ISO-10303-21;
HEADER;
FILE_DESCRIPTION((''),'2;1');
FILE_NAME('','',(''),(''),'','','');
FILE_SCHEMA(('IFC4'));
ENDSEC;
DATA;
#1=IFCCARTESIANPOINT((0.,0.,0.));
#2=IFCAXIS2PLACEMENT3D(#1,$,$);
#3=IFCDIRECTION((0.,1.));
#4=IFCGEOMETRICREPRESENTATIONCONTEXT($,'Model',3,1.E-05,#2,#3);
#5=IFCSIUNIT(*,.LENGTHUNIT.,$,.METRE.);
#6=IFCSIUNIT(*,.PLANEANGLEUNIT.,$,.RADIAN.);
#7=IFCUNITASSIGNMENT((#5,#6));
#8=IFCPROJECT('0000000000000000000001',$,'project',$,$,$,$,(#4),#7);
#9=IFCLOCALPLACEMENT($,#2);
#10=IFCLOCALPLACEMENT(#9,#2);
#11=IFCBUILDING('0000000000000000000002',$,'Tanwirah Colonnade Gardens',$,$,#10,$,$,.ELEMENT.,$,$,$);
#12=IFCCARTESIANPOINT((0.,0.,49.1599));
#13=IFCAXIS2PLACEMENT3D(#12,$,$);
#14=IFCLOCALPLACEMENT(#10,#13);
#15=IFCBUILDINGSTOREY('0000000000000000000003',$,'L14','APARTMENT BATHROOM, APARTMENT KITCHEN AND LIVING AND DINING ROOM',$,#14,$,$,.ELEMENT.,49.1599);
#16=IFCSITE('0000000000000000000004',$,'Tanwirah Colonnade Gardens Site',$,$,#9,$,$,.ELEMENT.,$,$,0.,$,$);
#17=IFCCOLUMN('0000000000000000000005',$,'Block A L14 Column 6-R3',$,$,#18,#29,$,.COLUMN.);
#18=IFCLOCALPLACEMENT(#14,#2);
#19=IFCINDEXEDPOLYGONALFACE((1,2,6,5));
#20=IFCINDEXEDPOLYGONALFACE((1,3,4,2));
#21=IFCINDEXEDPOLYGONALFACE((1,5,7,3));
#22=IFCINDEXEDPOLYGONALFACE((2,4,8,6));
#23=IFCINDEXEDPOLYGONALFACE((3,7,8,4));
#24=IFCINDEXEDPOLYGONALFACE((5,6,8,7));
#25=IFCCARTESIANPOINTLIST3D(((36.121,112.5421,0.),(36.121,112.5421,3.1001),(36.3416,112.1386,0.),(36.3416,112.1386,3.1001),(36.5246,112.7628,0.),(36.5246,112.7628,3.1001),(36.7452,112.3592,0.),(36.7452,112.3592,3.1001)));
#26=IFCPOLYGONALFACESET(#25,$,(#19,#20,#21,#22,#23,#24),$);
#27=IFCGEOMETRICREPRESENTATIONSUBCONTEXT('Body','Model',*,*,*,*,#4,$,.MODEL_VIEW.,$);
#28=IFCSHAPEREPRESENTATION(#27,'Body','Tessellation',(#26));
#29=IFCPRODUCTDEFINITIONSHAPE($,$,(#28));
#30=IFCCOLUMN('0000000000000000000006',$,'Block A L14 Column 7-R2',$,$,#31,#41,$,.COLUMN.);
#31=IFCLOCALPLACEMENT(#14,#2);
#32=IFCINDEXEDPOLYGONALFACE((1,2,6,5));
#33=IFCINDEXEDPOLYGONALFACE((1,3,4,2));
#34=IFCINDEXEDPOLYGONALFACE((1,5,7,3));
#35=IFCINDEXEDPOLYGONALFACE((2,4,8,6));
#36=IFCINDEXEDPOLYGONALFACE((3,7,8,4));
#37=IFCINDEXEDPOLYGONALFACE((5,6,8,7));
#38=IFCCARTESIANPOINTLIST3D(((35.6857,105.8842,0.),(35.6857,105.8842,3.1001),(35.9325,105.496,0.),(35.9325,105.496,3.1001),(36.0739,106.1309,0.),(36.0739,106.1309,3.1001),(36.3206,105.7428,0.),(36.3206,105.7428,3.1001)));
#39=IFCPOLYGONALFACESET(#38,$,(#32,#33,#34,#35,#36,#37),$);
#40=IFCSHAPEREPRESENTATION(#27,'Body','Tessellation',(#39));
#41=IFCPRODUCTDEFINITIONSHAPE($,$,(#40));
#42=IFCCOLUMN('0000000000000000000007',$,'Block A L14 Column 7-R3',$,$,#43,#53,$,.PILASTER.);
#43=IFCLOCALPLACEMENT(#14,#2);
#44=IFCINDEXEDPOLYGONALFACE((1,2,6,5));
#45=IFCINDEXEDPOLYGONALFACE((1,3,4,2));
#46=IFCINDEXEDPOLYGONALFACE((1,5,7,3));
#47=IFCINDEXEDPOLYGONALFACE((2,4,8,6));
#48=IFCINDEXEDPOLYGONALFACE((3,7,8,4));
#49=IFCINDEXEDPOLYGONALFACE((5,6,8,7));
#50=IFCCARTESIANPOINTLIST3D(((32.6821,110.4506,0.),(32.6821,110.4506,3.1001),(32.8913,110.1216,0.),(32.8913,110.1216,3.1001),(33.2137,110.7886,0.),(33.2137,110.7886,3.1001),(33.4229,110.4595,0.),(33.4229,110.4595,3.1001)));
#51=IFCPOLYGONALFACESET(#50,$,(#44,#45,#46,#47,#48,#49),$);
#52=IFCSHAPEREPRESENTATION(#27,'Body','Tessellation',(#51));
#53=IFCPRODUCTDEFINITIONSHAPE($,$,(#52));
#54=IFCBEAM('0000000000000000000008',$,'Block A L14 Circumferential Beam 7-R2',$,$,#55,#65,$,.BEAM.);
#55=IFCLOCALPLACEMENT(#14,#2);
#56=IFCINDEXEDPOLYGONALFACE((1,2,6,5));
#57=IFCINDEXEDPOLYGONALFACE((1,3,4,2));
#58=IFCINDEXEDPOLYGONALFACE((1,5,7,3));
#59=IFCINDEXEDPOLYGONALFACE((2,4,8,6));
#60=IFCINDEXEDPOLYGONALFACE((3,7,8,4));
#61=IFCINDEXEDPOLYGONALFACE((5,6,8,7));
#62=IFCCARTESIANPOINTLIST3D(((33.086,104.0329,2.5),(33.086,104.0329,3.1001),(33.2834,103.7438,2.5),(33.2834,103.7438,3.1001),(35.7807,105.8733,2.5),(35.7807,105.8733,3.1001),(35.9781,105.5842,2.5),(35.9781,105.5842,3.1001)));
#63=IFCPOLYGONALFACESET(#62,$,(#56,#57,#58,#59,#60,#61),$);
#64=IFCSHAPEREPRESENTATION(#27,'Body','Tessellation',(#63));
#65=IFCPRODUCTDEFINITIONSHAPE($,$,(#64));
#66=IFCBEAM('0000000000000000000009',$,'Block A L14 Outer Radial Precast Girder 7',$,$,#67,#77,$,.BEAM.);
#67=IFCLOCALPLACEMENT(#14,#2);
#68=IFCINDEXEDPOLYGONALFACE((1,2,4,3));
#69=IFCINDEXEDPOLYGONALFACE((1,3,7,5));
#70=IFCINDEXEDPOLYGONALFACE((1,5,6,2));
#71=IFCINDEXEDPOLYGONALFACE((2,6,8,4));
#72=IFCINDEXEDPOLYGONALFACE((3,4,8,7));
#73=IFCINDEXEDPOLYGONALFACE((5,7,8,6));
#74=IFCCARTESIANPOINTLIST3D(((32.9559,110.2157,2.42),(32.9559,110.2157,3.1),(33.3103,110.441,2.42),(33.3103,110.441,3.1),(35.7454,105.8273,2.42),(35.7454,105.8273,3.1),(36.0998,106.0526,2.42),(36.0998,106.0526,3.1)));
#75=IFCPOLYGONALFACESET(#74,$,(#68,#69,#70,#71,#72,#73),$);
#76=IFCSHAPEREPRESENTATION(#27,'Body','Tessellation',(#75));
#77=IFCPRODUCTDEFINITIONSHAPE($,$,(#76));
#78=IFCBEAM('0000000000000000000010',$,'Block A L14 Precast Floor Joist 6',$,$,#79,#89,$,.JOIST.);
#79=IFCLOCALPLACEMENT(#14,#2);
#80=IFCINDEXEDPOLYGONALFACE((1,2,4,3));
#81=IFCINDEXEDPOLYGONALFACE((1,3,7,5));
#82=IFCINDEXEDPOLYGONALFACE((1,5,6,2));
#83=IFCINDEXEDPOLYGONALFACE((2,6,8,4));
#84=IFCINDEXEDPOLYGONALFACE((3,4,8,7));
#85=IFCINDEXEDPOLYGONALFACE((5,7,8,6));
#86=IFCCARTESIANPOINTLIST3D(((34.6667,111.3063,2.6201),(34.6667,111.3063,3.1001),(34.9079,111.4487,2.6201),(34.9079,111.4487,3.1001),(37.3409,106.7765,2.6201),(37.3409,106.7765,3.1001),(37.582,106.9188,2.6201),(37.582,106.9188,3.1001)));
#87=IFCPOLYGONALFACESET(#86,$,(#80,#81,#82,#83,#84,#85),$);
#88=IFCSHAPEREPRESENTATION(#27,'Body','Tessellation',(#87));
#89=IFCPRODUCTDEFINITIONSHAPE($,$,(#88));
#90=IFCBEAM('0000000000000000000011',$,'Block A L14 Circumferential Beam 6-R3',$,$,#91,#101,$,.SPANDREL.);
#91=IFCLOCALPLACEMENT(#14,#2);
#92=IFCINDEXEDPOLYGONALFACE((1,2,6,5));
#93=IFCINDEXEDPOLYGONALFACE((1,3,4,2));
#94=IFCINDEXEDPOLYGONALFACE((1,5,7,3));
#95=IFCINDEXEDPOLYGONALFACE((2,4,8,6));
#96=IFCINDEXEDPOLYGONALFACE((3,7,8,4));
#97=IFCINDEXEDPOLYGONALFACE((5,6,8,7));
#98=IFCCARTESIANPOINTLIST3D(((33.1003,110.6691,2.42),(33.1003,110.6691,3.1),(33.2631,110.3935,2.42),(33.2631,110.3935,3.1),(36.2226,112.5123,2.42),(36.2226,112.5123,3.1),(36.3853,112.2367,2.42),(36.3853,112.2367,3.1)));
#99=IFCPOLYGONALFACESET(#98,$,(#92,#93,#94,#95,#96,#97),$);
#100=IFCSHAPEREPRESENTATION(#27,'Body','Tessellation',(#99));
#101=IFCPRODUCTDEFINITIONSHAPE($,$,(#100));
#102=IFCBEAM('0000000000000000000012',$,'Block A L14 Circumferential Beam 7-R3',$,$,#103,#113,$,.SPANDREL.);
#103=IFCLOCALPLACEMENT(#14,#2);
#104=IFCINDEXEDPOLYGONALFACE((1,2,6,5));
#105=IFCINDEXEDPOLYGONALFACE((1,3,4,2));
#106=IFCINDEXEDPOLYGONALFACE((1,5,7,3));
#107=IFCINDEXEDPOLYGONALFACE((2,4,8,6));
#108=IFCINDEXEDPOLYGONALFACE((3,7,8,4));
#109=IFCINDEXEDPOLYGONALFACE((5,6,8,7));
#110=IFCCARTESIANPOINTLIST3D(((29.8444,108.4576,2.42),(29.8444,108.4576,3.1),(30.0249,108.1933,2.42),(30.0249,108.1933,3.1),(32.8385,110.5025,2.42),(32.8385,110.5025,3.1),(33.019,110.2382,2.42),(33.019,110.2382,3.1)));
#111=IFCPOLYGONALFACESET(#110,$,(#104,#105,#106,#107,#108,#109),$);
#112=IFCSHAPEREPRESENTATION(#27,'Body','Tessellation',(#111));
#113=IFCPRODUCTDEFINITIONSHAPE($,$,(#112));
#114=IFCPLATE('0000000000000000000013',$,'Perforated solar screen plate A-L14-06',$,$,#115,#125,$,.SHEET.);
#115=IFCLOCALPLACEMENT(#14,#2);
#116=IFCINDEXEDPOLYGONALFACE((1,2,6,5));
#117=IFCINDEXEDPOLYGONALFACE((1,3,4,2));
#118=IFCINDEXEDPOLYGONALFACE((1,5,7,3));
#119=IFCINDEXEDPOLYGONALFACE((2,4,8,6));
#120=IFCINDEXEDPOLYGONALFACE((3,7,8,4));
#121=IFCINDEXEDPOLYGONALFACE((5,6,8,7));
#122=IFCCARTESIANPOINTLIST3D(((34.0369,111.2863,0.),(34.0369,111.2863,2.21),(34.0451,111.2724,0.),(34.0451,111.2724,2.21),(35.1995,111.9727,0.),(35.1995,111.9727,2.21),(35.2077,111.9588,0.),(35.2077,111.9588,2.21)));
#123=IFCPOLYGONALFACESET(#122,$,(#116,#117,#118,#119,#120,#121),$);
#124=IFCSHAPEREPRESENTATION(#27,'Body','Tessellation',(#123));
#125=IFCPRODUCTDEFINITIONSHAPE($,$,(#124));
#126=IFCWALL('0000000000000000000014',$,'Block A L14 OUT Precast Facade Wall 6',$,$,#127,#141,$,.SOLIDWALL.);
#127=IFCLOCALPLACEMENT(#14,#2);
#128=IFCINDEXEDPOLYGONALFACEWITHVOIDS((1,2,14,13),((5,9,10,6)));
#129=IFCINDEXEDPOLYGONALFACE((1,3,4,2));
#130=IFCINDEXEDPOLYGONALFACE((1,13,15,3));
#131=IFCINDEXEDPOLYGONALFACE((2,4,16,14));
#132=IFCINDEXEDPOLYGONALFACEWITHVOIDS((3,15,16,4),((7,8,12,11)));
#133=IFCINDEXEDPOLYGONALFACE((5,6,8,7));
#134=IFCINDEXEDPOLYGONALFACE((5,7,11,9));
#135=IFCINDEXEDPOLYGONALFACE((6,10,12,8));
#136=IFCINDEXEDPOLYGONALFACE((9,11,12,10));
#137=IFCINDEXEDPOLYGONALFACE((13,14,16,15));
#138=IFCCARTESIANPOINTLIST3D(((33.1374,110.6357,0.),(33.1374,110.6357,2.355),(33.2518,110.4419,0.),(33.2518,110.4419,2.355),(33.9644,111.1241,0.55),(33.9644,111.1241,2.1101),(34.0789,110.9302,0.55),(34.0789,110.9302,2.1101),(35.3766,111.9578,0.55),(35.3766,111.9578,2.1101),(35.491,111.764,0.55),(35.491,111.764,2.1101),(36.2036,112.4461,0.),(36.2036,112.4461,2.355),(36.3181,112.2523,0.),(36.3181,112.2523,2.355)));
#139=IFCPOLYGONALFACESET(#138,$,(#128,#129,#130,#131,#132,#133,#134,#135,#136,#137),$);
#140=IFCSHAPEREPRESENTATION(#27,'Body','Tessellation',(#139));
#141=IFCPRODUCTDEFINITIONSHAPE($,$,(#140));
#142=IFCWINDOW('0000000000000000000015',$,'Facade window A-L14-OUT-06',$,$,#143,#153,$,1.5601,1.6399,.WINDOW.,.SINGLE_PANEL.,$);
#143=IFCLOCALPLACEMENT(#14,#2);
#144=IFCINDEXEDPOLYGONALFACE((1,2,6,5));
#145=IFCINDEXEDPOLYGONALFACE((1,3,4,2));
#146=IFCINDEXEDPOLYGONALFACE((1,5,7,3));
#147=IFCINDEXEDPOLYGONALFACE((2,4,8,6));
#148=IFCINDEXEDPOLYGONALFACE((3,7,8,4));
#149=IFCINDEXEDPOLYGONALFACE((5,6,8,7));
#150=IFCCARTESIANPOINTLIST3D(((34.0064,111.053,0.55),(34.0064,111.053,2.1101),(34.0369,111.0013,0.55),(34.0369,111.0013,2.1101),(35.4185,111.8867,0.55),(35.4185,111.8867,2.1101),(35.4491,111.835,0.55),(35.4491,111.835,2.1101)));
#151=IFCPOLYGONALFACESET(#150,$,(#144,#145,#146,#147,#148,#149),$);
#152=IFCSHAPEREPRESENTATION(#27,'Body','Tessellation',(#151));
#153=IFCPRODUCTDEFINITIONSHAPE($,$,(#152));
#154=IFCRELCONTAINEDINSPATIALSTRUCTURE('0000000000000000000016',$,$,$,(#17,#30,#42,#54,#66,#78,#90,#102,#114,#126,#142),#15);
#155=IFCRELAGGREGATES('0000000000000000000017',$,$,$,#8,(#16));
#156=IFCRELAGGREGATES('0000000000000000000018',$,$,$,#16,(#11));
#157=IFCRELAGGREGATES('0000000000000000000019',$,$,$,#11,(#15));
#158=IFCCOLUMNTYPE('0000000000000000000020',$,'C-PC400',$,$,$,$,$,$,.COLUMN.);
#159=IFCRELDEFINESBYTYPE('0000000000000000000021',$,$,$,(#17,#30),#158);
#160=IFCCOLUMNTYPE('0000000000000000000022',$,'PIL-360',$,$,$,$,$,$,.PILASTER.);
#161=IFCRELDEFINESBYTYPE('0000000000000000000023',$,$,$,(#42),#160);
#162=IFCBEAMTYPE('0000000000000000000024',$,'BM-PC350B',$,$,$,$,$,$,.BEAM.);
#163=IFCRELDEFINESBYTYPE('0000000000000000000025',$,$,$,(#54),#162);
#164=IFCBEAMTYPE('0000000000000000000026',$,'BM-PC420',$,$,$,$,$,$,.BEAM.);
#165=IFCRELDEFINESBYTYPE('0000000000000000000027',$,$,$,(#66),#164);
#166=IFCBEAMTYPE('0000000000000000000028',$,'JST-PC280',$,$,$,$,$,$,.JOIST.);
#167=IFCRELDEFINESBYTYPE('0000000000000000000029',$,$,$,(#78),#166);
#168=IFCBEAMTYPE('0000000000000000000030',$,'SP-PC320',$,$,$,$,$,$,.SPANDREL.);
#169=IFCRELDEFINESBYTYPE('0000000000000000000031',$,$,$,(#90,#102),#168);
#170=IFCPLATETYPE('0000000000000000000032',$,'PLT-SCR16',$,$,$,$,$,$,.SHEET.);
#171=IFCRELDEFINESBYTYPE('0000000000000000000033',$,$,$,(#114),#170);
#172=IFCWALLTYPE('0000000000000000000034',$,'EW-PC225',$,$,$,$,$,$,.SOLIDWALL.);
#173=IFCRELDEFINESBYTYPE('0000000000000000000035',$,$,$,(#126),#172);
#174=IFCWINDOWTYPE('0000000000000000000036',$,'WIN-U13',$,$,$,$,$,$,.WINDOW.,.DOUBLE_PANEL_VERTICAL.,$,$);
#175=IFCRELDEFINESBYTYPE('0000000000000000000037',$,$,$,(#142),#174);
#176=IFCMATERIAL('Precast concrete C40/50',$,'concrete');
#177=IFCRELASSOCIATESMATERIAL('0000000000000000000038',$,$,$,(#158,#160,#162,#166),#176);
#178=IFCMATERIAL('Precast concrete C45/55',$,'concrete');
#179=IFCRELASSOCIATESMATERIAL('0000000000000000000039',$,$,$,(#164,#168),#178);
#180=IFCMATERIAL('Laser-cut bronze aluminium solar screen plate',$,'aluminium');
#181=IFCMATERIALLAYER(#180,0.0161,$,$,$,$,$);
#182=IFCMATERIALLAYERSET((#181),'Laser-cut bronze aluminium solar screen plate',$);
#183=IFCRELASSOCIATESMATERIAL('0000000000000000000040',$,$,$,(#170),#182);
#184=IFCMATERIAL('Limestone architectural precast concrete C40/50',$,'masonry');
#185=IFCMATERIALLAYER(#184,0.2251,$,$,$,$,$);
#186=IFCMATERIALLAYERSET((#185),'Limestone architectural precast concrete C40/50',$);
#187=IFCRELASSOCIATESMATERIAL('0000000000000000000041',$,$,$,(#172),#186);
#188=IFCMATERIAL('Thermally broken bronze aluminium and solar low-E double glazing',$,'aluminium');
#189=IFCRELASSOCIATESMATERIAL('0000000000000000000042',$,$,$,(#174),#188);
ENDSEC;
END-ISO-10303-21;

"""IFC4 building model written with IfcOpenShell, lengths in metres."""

from ifc_helpers import new_model, si_unit, direction, frame, frame_2d, origin, origin_2d, place, context, subcontext, project, spatial, rectangle, extrude, material, layer, layer_set, material_profile, profile_set, type_object, element, fill, save


model = new_model("IFC4")

# Units and contexts
model_context = context("Model", 3, precision=1e-05, world=origin(), true_north=direction((0.0, 1.0)))
body_context = subcontext(model_context, "Body", "Model", "MODEL_VIEW")
ifc_project = project(units=[si_unit("LENGTHUNIT", "METRE"), si_unit("PLANEANGLEUNIT", "RADIAN")], contexts=[model_context])

# Site, building, storey
site_placement = place(None, origin())
site = spatial("IfcSite", under=ifc_project, at=site_placement, Name="Tanwirah Colonnade Gardens Site", CompositionType="ELEMENT", RefElevation=0.0)
building_placement = place(site_placement, origin())
building = spatial("IfcBuilding", under=site, at=building_placement, Name="Tanwirah Colonnade Gardens", CompositionType="ELEMENT")
storey_placement = place(building_placement, frame((0.0, 0.0, 49.1599)))
storey = spatial("IfcBuildingStorey", under=building, at=storey_placement, Name="L14", Description="APARTMENT BATHROOM, APARTMENT KITCHEN AND LIVING AND DINING ROOM", CompositionType="ELEMENT", Elevation=49.1599)

# Columns
ifc_material_1 = material(Name="Precast concrete C40/50", Category="concrete")
ifc_material_profile_1 = material_profile(ifc_material_1, rectangle(XDim=0.46, YDim=0.46, at=origin_2d()), Name="PC-COL 460x460")
ifc_profile_set_1 = profile_set([ifc_material_profile_1], Name="Precast concrete C40/50")
column_type_1 = type_object("IfcColumnType", Name="C-PC400", PredefinedType="COLUMN", material=ifc_profile_set_1)
for number, where, z_axis, x_axis, name in (
    (1, (36.4331, 112.4507, 0.0), (0.0, 0.0, 1.0), (-0.479713, 0.877425, 0.0), "Block A L14 Column 6-R3"),
    (2, (36.0032, 105.8135, 0.0), (0.0, 0.0, 1.0), (-0.536482, 0.843912, 0.0), "Block A L14 Column 7-R2"),
):
    element("IfcColumn", number, at=place(storey_placement, frame(where, z_axis=z_axis, x_axis=x_axis)), inside=storey, type_object=column_type_1, Name=name, PredefinedType="COLUMN", context=body_context, shape_type="SweptSolid", body=[
        extrude(rectangle(XDim=0.46, YDim=0.46, at=origin_2d()), origin(), (0.0, 0.0, 1.0), 3.1001),
    ])
ifc_material_profile_2 = material_profile(ifc_material_1, rectangle(XDim=0.3899, YDim=0.6299, at=origin_2d()), Name="PC-PIL 390x630")
ifc_profile_set_2 = profile_set([ifc_material_profile_2], Name="Precast concrete C40/50")
column_type_2 = type_object("IfcColumnType", Name="PIL-360", PredefinedType="PILASTER", material=ifc_profile_set_2)
column_placement = place(storey_placement, frame((33.0525, 110.4551, 0.0), z_axis=(0.0, 0.0, 1.0), x_axis=(-0.536482, 0.843912, 0.0)))
element("IfcColumn", 3, at=column_placement, inside=storey, type_object=column_type_2, Name="Block A L14 Column 7-R3", PredefinedType="PILASTER", context=body_context, shape_type="SweptSolid", body=[
    extrude(rectangle(XDim=0.3899, YDim=0.6299, at=origin_2d()), origin(), (0.0, 0.0, 1.0), 3.1001),
])

# Beams
ifc_material_profile_3 = material_profile(ifc_material_1, rectangle(XDim=0.3501, YDim=0.6001, at=origin_2d()), Name="PC-BM 350x600")
ifc_profile_set_3 = profile_set([ifc_material_profile_3], Name="Precast concrete C40/50")
beam_type_1 = type_object("IfcBeamType", Name="BM-PC350B", PredefinedType="BEAM", material=ifc_profile_set_3)
beam_1_placement = place(storey_placement, frame((35.8794, 105.7288, 2.8), z_axis=(-0.825782, -0.563989, 0.0), x_axis=(0.563989, -0.825782, 0.0)))
element("IfcBeam", 4, at=beam_1_placement, inside=storey, type_object=beam_type_1, Name="Block A L14 Circumferential Beam 7-R2", PredefinedType="BEAM", context=body_context, shape_type="SweptSolid", body=[
    extrude(rectangle(XDim=0.3501, YDim=0.6001, at=origin_2d()), origin(), (0.0, 0.0, 1.0), 3.2632),
])
ifc_material_2 = material(Name="Precast concrete C45/55", Category="concrete")
ifc_material_profile_4 = material_profile(ifc_material_2, rectangle(XDim=0.4199, YDim=0.6799, at=origin_2d()), Name="PC-BM 420x680")
ifc_profile_set_4 = profile_set([ifc_material_profile_4], Name="Precast concrete C45/55")
beam_type_2 = type_object("IfcBeamType", Name="BM-PC420", PredefinedType="BEAM", material=ifc_profile_set_4)
beam_2_placement = place(storey_placement, frame((35.9226, 105.9399, 2.76), z_axis=(-0.536453, 0.84393, 0.0), x_axis=(-0.84393, -0.536453, 0.0)))
element("IfcBeam", 5, at=beam_2_placement, inside=storey, type_object=beam_type_2, Name="Block A L14 Outer Radial Precast Girder 7", PredefinedType="BEAM", context=body_context, shape_type="SweptSolid", body=[
    extrude(rectangle(XDim=0.4199, YDim=0.6799, at=origin_2d()), origin(), (0.0, 0.0, 1.0), 5.2),
])
ifc_material_profile_5 = material_profile(ifc_material_1, rectangle(XDim=0.28, YDim=0.48, at=origin_2d()), Name="PC-JST 280x480")
ifc_profile_set_5 = profile_set([ifc_material_profile_5], Name="Precast concrete C40/50")
beam_type_3 = type_object("IfcBeamType", Name="JST-PC280", PredefinedType="JOIST", material=ifc_profile_set_5)
beam_3_placement = place(storey_placement, frame((37.4614, 106.8477, 2.8601), z_axis=(-0.50836, 0.861145, 0.0), x_axis=(-0.861145, -0.50836, 0.0)))
element("IfcBeam", 6, at=beam_3_placement, inside=storey, type_object=beam_type_3, Name="Block A L14 Precast Floor Joist 6", PredefinedType="JOIST", context=body_context, shape_type="SweptSolid", body=[
    extrude(rectangle(XDim=0.28, YDim=0.48, at=origin_2d()), origin(), (0.0, 0.0, 1.0), 5.2603),
])
ifc_material_profile_6 = material_profile(ifc_material_2, rectangle(XDim=0.3201, YDim=0.6799, at=origin_2d()), Name="PC-SP 320x680")
ifc_profile_set_6 = profile_set([ifc_material_profile_6], Name="Precast concrete C45/55")
beam_type_4 = type_object("IfcBeamType", Name="SP-PC320", PredefinedType="SPANDREL", material=ifc_profile_set_6)
for number, where, z_axis, x_axis, name in (
    (7, (36.304, 112.3745, 2.76), (-0.861137, -0.508373, 0.0), (0.508373, -0.861137, 0.0), "Block A L14 Circumferential Beam 6-R3"),
    (8, (32.9287, 110.3704, 2.76), (-0.825783, -0.563989, 0.0), (0.563989, -0.825783, 0.0), "Block A L14 Circumferential Beam 7-R3"),
):
    element("IfcBeam", number, at=place(storey_placement, frame(where, z_axis=z_axis, x_axis=x_axis)), inside=storey, type_object=beam_type_4, Name=name, PredefinedType="SPANDREL", context=body_context, shape_type="SweptSolid", body=[
        extrude(rectangle(XDim=0.3201, YDim=0.6799, at=origin_2d()), origin(), (0.0, 0.0, 1.0), 3.6257),
    ])

# Plate
ifc_material_3 = material(Name="Laser-cut bronze aluminium solar screen plate", Category="aluminium")
ifc_layer_1 = layer(ifc_material_3, 0.0161)
ifc_layer_set_1 = layer_set([ifc_layer_1], Name="Laser-cut bronze aluminium solar screen plate")
plate_type = type_object("IfcPlateType", Name="PLT-SCR16", PredefinedType="SHEET", material=ifc_layer_set_1)
plate_placement = place(storey_placement, frame((34.6223, 111.6226, 0.0), z_axis=(0.0, 0.0, 1.0), x_axis=(-0.861136, -0.508374, 0.0)))
element("IfcPlate", 9, at=plate_placement, inside=storey, type_object=plate_type, Name="Perforated solar screen plate A-L14-06", PredefinedType="SHEET", context=body_context, shape_type="SweptSolid", body=[
    extrude(rectangle(XDim=1.3501, YDim=0.0161, at=origin_2d()), origin(), (0.0, 0.0, 1.0), 2.21),
])

# Wall, opening, window
ifc_material_4 = material(Name="Limestone architectural precast concrete C40/50", Category="masonry")
ifc_layer_2 = layer(ifc_material_4, 0.2251)
ifc_layer_set_2 = layer_set([ifc_layer_2], Name="Limestone architectural precast concrete C40/50")
wall_type_1 = type_object("IfcWallType", Name="EW-PC225", PredefinedType="SOLIDWALL", material=ifc_layer_set_2)
wall_1_placement = place(storey_placement, frame((36.2607, 112.3491, 0.0), z_axis=(0.0, 0.0, 1.0), x_axis=(-0.861113, -0.508413, 0.0)))
wall_1 = element("IfcWall", 10, at=wall_1_placement, inside=storey, type_object=wall_type_1, Name="Block A L14 OUT Precast Facade Wall 6", PredefinedType="SOLIDWALL", context=body_context, shape_type="SweptSolid", body=[
    extrude(rectangle(XDim=3.5608, YDim=0.2251, at=frame_2d((1.7803, 0.0))), origin(), (0.0, 0.0, 1.0), 2.355),
])
opening_1_placement = place(wall_1_placement, frame((0.9604, 0.0, 0.55)))
opening_1 = element("IfcOpeningElement", 11, at=opening_1_placement, cuts=wall_1, PredefinedType="OPENING", context=body_context, shape_type="SweptSolid", body=[
    extrude(rectangle(XDim=1.6399, YDim=1.5601, at=frame_2d((0.8198, 0.78))), frame((0.0, 0.1226, 0.0), z_axis=(0.0, -1.0, 0.0), x_axis=(1.0, 0.0, 0.0)), (0.0, 0.0, 1.0), 0.2451),
])
ifc_material_5 = material(Name="Thermally broken bronze aluminium and solar low-E double glazing", Category="aluminium")
window_type_1 = type_object("IfcWindowType", Name="WIN-U13", PartitioningType="DOUBLE_PANEL_VERTICAL", PredefinedType="WINDOW", material=ifc_material_5)
window_1_placement = place(opening_1_placement, origin())
window_1 = element("IfcWindow", 12, at=window_1_placement, inside=storey, type_object=window_type_1, Name="Facade window A-L14-OUT-06", OverallHeight=1.5601, OverallWidth=1.6399, PartitioningType="SINGLE_PANEL", PredefinedType="WINDOW", context=body_context, shape_type="SweptSolid", body=[
    extrude(rectangle(XDim=1.6399, YDim=1.5601, at=frame_2d((0.8198, 0.78))), frame((0.0, 0.03, 0.0), z_axis=(0.0, -1.0, 0.0), x_axis=(1.0, 0.0, 0.0)), (0.0, 0.0, 1.0), 0.0601),
])
fill(opening_1, window_1)

save(model, "model.ifc")
